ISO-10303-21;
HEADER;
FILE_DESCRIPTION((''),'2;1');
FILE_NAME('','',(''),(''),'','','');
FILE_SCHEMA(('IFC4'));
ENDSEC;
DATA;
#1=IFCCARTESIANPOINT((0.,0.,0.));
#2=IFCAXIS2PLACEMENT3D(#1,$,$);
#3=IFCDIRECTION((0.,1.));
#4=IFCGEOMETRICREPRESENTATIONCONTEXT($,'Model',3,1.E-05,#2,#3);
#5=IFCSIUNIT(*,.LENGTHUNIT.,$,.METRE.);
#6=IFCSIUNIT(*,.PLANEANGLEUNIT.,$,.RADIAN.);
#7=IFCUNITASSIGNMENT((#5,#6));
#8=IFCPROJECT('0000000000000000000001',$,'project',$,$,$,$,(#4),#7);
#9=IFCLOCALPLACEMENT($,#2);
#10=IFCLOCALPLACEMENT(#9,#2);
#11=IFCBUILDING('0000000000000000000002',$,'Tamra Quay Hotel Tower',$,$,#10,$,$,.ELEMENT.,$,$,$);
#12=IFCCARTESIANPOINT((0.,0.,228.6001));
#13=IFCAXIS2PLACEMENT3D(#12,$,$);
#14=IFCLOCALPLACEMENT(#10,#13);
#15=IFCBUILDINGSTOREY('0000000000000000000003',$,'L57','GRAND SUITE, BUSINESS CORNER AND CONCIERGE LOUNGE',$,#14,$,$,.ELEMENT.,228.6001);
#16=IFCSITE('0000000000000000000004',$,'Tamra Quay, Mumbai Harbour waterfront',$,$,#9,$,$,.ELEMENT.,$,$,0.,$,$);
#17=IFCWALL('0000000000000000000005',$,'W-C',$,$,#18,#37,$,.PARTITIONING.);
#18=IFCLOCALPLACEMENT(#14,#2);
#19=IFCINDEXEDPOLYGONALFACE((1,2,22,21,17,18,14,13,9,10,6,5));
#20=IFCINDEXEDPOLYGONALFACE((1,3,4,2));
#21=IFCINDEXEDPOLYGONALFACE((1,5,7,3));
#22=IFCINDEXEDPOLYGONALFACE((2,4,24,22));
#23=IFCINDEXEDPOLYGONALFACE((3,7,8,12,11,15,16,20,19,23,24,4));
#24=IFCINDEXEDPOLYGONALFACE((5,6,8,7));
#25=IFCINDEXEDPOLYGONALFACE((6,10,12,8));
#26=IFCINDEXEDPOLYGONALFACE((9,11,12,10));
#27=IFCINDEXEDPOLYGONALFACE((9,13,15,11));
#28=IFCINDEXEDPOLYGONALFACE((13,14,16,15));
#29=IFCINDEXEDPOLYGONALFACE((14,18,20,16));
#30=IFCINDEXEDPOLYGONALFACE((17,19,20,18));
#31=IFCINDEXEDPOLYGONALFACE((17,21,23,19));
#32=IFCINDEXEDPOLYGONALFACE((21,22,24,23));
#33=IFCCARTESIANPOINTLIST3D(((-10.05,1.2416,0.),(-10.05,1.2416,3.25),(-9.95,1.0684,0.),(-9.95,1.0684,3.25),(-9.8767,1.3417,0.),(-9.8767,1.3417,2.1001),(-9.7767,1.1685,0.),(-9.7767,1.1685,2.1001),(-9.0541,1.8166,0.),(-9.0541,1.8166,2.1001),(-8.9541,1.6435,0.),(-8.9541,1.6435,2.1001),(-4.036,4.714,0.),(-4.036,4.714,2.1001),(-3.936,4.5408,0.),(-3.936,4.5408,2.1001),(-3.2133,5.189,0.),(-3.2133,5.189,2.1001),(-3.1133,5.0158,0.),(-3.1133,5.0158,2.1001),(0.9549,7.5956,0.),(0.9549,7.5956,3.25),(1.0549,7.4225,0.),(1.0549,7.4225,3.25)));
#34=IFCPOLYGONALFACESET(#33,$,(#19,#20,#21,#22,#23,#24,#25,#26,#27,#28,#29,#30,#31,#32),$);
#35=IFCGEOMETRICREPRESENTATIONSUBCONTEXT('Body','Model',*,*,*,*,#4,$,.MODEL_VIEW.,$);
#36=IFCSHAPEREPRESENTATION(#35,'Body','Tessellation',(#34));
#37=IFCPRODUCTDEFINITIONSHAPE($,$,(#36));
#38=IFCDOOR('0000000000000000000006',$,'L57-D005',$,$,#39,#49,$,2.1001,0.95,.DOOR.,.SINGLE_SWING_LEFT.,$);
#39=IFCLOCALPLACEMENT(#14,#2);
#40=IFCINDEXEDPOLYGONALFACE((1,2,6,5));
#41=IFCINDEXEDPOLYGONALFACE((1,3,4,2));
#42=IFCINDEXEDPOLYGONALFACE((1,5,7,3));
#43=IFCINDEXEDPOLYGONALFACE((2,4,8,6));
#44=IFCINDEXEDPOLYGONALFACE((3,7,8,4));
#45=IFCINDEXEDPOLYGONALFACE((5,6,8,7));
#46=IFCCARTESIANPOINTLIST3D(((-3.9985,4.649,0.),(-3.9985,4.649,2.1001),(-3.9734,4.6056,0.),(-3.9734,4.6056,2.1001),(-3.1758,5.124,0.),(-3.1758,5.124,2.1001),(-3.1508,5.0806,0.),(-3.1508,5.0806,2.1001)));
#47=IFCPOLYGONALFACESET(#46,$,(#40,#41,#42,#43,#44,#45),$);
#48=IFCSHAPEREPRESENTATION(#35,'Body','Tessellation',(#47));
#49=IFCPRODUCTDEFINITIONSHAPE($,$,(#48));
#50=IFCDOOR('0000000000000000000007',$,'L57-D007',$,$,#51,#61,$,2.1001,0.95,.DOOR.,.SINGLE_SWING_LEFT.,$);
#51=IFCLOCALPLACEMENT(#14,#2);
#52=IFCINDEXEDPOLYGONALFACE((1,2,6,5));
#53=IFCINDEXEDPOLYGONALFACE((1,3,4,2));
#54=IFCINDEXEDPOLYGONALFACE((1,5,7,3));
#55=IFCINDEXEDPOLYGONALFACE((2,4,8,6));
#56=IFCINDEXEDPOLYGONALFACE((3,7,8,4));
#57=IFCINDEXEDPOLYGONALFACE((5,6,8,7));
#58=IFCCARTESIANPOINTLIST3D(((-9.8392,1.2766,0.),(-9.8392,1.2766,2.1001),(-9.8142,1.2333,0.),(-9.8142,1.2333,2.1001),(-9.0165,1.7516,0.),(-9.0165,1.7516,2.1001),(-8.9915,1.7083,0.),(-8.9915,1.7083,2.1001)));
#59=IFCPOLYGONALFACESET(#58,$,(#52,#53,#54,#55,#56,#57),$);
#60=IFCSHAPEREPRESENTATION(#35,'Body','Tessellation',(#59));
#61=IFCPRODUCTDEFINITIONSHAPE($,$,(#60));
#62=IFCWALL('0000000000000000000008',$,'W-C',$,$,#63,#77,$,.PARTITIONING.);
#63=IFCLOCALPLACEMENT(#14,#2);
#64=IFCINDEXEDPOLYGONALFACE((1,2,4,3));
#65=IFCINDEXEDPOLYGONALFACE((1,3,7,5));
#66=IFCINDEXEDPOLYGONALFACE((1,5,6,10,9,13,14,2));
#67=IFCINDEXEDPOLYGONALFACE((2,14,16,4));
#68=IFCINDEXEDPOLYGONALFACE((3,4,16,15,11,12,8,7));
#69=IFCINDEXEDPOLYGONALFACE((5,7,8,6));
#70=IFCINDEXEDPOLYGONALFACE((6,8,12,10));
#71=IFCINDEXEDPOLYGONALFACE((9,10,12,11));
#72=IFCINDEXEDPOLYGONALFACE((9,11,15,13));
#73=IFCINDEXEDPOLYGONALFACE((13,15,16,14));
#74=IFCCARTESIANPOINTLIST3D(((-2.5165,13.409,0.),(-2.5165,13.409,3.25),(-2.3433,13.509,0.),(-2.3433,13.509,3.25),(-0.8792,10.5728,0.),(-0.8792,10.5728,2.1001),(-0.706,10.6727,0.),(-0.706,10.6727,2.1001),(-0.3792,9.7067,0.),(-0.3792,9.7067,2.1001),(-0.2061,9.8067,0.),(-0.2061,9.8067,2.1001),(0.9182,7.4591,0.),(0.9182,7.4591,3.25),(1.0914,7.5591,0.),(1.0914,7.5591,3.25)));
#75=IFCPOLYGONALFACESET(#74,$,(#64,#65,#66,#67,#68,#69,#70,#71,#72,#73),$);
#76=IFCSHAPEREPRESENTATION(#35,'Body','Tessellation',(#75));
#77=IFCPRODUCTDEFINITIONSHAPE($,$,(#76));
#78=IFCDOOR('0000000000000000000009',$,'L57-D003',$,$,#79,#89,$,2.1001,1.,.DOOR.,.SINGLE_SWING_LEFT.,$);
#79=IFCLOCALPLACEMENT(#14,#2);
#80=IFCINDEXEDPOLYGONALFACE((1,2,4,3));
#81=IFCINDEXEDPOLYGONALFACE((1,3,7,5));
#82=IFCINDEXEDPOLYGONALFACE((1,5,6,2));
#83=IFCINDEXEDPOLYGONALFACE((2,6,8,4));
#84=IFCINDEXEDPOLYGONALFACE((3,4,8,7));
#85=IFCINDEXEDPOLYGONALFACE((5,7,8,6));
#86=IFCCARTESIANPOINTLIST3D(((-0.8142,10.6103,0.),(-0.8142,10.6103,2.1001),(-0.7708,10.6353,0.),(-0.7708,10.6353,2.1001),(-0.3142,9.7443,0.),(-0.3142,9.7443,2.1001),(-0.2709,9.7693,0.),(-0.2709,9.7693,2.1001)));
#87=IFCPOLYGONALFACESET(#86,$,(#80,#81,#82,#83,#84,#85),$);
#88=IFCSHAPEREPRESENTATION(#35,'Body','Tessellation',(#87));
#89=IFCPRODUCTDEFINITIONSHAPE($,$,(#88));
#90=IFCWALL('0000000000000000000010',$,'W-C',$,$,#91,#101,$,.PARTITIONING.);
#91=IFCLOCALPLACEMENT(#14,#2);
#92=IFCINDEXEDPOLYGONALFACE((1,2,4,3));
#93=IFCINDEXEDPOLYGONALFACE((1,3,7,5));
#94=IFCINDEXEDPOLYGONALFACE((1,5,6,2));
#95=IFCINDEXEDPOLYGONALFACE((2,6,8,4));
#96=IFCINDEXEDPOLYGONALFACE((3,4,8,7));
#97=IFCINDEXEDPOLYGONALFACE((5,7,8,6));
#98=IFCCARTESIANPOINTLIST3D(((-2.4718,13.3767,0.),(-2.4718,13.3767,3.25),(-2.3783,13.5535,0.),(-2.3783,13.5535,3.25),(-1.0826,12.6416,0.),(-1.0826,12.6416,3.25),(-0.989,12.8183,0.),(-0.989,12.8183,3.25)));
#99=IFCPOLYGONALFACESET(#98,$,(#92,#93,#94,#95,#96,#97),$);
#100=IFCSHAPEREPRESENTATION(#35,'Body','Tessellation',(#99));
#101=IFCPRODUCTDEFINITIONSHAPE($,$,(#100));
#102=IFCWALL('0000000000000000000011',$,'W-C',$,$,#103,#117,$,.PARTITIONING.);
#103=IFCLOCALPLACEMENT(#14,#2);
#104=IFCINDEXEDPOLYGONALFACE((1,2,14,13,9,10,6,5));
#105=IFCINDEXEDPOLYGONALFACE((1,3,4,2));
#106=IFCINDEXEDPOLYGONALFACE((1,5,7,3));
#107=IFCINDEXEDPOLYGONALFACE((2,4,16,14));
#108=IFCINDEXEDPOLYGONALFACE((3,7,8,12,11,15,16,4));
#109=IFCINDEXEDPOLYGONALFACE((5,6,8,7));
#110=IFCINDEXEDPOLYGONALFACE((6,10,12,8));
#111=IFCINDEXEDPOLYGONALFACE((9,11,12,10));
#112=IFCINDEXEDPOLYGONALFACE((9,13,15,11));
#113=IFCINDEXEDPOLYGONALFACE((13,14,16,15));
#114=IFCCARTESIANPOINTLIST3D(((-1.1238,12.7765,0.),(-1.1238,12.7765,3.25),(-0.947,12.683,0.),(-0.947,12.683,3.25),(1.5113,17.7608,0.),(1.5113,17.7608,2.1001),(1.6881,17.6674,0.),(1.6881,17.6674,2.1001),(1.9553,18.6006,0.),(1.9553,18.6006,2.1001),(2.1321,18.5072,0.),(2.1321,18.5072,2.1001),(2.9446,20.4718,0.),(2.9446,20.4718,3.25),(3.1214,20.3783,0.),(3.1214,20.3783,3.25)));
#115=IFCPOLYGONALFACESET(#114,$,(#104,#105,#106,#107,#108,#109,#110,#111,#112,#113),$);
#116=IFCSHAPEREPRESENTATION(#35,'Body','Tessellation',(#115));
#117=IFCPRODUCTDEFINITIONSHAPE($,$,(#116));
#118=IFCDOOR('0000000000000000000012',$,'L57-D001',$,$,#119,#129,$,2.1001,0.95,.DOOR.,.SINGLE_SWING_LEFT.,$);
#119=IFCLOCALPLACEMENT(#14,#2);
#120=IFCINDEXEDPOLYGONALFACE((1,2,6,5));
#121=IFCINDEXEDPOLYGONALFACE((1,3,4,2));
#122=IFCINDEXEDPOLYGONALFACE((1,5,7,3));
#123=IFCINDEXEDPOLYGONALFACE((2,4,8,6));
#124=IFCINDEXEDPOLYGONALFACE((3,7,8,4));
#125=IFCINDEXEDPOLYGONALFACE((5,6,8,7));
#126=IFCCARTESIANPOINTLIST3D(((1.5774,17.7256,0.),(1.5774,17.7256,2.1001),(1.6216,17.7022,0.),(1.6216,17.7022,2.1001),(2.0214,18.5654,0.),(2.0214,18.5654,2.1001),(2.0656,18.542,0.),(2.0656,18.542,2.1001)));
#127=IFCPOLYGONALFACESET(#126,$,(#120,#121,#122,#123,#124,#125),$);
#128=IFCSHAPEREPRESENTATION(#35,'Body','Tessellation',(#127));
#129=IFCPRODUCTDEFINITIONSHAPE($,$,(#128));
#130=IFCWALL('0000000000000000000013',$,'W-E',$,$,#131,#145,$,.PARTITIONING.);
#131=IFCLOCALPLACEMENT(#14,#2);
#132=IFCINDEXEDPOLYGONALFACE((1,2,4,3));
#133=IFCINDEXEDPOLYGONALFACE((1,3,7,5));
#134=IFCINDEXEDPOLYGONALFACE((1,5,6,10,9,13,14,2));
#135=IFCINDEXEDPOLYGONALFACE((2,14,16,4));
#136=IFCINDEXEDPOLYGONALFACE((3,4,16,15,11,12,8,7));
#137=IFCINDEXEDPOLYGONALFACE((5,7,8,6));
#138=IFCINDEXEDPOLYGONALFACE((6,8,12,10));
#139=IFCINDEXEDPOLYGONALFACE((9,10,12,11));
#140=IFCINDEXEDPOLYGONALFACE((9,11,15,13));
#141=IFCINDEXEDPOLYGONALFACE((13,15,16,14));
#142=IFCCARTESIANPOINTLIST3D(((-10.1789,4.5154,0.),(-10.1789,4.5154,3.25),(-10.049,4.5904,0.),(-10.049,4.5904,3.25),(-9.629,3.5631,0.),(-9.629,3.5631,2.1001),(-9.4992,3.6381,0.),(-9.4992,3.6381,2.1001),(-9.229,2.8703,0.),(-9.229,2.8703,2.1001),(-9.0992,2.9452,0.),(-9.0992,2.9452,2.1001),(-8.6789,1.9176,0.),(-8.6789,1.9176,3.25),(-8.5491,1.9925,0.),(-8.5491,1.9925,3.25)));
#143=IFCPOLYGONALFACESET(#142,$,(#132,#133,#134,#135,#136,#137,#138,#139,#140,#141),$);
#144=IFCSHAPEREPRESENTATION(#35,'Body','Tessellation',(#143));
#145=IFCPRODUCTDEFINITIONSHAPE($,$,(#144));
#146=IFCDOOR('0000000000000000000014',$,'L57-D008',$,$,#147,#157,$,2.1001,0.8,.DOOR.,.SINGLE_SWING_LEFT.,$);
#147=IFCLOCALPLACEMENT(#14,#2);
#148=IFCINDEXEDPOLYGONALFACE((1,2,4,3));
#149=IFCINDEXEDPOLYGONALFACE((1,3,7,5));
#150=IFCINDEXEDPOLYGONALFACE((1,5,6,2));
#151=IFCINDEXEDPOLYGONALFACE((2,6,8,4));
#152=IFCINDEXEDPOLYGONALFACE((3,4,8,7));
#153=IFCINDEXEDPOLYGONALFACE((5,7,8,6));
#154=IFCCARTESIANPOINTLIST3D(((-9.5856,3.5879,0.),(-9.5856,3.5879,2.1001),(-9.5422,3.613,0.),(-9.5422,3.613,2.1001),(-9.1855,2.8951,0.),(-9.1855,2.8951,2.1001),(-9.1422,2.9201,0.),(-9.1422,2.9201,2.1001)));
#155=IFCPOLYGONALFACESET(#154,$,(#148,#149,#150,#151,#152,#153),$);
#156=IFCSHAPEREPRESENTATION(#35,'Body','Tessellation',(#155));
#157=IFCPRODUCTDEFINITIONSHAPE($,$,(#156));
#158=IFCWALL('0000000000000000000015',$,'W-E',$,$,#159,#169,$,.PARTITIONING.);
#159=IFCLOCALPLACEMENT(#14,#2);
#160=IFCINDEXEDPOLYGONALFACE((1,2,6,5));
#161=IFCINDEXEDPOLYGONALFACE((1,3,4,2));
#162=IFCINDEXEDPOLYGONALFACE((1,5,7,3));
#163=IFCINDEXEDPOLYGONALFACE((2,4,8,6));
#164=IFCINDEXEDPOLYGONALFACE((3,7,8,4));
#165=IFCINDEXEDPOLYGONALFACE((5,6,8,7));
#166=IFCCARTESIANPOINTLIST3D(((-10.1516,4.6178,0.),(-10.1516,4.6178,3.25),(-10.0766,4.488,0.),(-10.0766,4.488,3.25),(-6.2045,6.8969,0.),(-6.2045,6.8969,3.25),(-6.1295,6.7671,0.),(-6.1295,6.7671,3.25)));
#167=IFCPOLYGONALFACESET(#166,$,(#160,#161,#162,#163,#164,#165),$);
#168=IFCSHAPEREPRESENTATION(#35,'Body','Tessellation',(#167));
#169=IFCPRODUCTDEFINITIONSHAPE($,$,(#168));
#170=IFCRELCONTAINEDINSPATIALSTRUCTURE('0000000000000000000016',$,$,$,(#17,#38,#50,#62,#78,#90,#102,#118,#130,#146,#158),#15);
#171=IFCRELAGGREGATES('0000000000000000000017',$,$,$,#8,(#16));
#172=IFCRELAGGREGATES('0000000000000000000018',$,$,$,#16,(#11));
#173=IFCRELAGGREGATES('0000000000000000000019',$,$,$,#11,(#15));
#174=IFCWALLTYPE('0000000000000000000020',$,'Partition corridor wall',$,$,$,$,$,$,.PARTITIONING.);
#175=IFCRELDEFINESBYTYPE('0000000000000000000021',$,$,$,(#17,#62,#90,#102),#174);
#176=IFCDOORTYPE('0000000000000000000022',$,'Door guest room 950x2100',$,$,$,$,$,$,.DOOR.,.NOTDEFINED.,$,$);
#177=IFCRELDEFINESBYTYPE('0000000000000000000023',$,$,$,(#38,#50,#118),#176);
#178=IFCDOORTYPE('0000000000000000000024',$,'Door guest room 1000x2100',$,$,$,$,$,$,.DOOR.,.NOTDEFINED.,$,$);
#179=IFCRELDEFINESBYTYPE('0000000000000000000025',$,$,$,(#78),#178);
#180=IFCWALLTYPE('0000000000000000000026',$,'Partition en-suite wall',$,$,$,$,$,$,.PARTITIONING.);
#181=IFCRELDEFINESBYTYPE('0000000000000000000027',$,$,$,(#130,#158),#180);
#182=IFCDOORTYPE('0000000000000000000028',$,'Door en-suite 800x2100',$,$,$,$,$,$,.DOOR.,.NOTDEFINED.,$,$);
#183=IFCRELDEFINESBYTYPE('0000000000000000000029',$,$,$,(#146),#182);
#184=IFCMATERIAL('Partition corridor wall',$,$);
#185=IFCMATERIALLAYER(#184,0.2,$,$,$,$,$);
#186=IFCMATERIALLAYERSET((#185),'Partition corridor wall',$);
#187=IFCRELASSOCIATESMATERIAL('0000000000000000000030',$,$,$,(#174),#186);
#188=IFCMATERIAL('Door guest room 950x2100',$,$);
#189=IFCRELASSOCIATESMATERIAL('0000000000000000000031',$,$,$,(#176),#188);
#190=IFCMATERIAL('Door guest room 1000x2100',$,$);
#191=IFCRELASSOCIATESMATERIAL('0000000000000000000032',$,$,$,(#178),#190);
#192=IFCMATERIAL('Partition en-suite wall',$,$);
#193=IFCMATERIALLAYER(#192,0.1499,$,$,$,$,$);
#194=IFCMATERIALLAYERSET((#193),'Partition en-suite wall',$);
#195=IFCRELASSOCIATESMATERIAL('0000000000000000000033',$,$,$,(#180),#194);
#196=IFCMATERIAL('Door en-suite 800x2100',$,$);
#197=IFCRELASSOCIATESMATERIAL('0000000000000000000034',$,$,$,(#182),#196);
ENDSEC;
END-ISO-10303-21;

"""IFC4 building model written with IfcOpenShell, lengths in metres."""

from ifc_helpers import new_model, si_unit, direction, frame, frame_2d, origin, place, context, subcontext, project, spatial, rectangle, extrude, material, layer, layer_set, type_object, element, fill, save


model = new_model("IFC4")

# Units and contexts
model_context = context("Model", 3, precision=1e-05, world=origin(), true_north=direction((0.0, 1.0)))
body_context = subcontext(model_context, "Body", "Model", "MODEL_VIEW")
ifc_project = project(units=[si_unit("LENGTHUNIT", "METRE"), si_unit("PLANEANGLEUNIT", "RADIAN")], contexts=[model_context])

# Site, building, storey
site_placement = place(None, origin())
site = spatial("IfcSite", under=ifc_project, at=site_placement, Name="Tamra Quay, Mumbai Harbour waterfront", CompositionType="ELEMENT", RefElevation=0.0)
building_placement = place(site_placement, origin())
building = spatial("IfcBuilding", under=site, at=building_placement, Name="Tamra Quay Hotel Tower", CompositionType="ELEMENT")
storey_placement = place(building_placement, frame((0.0, 0.0, 228.6001)))
storey = spatial("IfcBuildingStorey", under=building, at=storey_placement, Name="L57", Description="GRAND SUITE, BUSINESS CORNER AND CONCIERGE LOUNGE", CompositionType="ELEMENT", Elevation=228.6001)

# Shared definitions
ifc_material_1 = material(Name="Partition corridor wall")
ifc_layer_1 = layer(ifc_material_1, 0.2)
ifc_layer_set_1 = layer_set([ifc_layer_1], Name="Partition corridor wall")
wall_type_1 = type_object("IfcWallType", Name="Partition corridor wall", PredefinedType="PARTITIONING", material=ifc_layer_set_1)

# Wall, openings, doors
wall_1_placement = place(storey_placement, frame((-10.0, 1.155, 0.0), z_axis=(0.0, 0.0, 1.0), x_axis=(0.866014, 0.50002, 0.0)))
wall_1 = element("IfcWall", 1, at=wall_1_placement, inside=storey, type_object=wall_type_1, Name="W-C", PredefinedType="PARTITIONING", context=body_context, shape_type="SweptSolid", body=[
    extrude(rectangle(XDim=12.7075, YDim=0.2, at=frame_2d((6.3538, 0.0))), origin(), (0.0, 0.0, 1.0), 3.25),
])
opening_1_placement = place(wall_1_placement, frame((6.9443, 0.0, 0.0)))
opening_1 = element("IfcOpeningElement", 2, at=opening_1_placement, cuts=wall_1, PredefinedType="OPENING", context=body_context, shape_type="SweptSolid", body=[
    extrude(rectangle(XDim=0.95, YDim=2.1001, at=frame_2d((0.4751, 1.05))), frame((0.0, 0.1099, 0.0), z_axis=(0.0, -1.0, 0.0), x_axis=(1.0, 0.0, 0.0)), (0.0, 0.0, 1.0), 0.22),
])
opening_2_placement = place(wall_1_placement, frame((0.2, 0.0, 0.0)))
opening_2 = element("IfcOpeningElement", 3, at=opening_2_placement, cuts=wall_1, PredefinedType="OPENING", context=body_context, shape_type="SweptSolid", body=[
    extrude(rectangle(XDim=0.95, YDim=2.1001, at=frame_2d((0.4751, 1.05))), frame((0.0, 0.1099, 0.0), z_axis=(0.0, -1.0, 0.0), x_axis=(1.0, 0.0, 0.0)), (0.0, 0.0, 1.0), 0.22),
])
ifc_material_2 = material(Name="Door guest room 950x2100")
door_type_1 = type_object("IfcDoorType", Name="Door guest room 950x2100", OperationType="NOTDEFINED", PredefinedType="DOOR", material=ifc_material_2)
door_1_placement = place(opening_1_placement, origin())
door_1 = element("IfcDoor", 4, at=door_1_placement, inside=storey, type_object=door_type_1, Name="L57-D005", OperationType="SINGLE_SWING_LEFT", OverallHeight=2.1001, OverallWidth=0.95, PredefinedType="DOOR", context=body_context, shape_type="SweptSolid", body=[
    extrude(rectangle(XDim=0.95, YDim=2.1001, at=frame_2d((0.4751, 1.05))), frame((0.0, 0.0249, 0.0), z_axis=(0.0, -1.0, 0.0), x_axis=(1.0, 0.0, 0.0)), (0.0, 0.0, 1.0), 0.05),
])
fill(opening_1, door_1)
door_2_placement = place(opening_2_placement, origin())
door_2 = element("IfcDoor", 5, at=door_2_placement, inside=storey, type_object=door_type_1, Name="L57-D007", OperationType="SINGLE_SWING_LEFT", OverallHeight=2.1001, OverallWidth=0.95, PredefinedType="DOOR", context=body_context, shape_type="SweptSolid", body=[
    extrude(rectangle(XDim=0.95, YDim=2.1001, at=frame_2d((0.4751, 1.05))), frame((0.0, 0.0249, 0.0), z_axis=(0.0, -1.0, 0.0), x_axis=(1.0, 0.0, 0.0)), (0.0, 0.0, 1.0), 0.05),
])
fill(opening_2, door_2)

# Wall, opening, door
wall_2_placement = place(storey_placement, frame((-2.4299, 13.459, 0.0), z_axis=(0.0, 0.0, 1.0), x_axis=(0.499957, -0.86605, 0.0)))
wall_2 = element("IfcWall", 6, at=wall_2_placement, inside=storey, type_object=wall_type_1, Name="W-C", PredefinedType="PARTITIONING", context=body_context, shape_type="SweptSolid", body=[
    extrude(rectangle(XDim=6.8701, YDim=0.2, at=frame_2d((3.4351, 0.0))), origin(), (0.0, 0.0, 1.0), 3.25),
])
opening_3_placement = place(wall_2_placement, frame((3.2749, 0.0, 0.0)))
opening_3 = element("IfcOpeningElement", 7, at=opening_3_placement, cuts=wall_2, PredefinedType="OPENING", context=body_context, shape_type="SweptSolid", body=[
    extrude(rectangle(XDim=1.0, YDim=2.1001, at=frame_2d((0.5, 1.05))), frame((0.0, 0.1099, 0.0), z_axis=(0.0, -1.0, 0.0), x_axis=(1.0, 0.0, 0.0)), (0.0, 0.0, 1.0), 0.22),
])
ifc_material_3 = material(Name="Door guest room 1000x2100")
door_type_2 = type_object("IfcDoorType", Name="Door guest room 1000x2100", OperationType="NOTDEFINED", PredefinedType="DOOR", material=ifc_material_3)
door_3_placement = place(opening_3_placement, frame((1.0, 0.0, 0.0), z_axis=(0.0, 0.0, 1.0), x_axis=(-1.0, 0.0, 0.0)))
door_3 = element("IfcDoor", 8, at=door_3_placement, inside=storey, type_object=door_type_2, Name="L57-D003", OperationType="SINGLE_SWING_LEFT", OverallHeight=2.1001, OverallWidth=1.0, PredefinedType="DOOR", context=body_context, shape_type="SweptSolid", body=[
    extrude(rectangle(XDim=1.0, YDim=2.1001, at=frame_2d((0.5, 1.05))), frame((0.0, 0.0249, 0.0), z_axis=(0.0, -1.0, 0.0), x_axis=(1.0, 0.0, 0.0)), (0.0, 0.0, 1.0), 0.05),
])
fill(opening_3, door_3)

# Wall
wall_3_placement = place(storey_placement, frame((-2.425, 13.4651, 0.0), z_axis=(0.0, 0.0, 1.0), x_axis=(0.883875, -0.467724, 0.0)))
element("IfcWall", 9, at=wall_3_placement, inside=storey, type_object=wall_type_1, Name="W-C", PredefinedType="PARTITIONING", context=body_context, shape_type="SweptSolid", body=[
    extrude(rectangle(XDim=1.5718, YDim=0.2, at=frame_2d((0.7859, 0.0))), origin(), (0.0, 0.0, 1.0), 3.25),
])

# Walls, openings, doors
wall_4_placement = place(storey_placement, frame((-1.0354, 12.7297, 0.0), z_axis=(0.0, 0.0, 1.0), x_axis=(0.467382, 0.884055, 0.0)))
wall_4 = element("IfcWall", 10, at=wall_4_placement, inside=storey, type_object=wall_type_1, Name="W-C", PredefinedType="PARTITIONING", context=body_context, shape_type="SweptSolid", body=[
    extrude(rectangle(XDim=8.7046, YDim=0.2, at=frame_2d((4.3523, 0.0))), origin(), (0.0, 0.0, 1.0), 3.25),
])
opening_4_placement = place(wall_4_placement, frame((5.6379, 0.0, 0.0)))
opening_4 = element("IfcOpeningElement", 11, at=opening_4_placement, cuts=wall_4, PredefinedType="OPENING", context=body_context, shape_type="SweptSolid", body=[
    extrude(rectangle(XDim=0.95, YDim=2.1001, at=frame_2d((0.4751, 1.05))), frame((0.0, 0.1099, 0.0), z_axis=(0.0, -1.0, 0.0), x_axis=(1.0, 0.0, 0.0)), (0.0, 0.0, 1.0), 0.22),
])
door_4_placement = place(opening_4_placement, frame((0.95, 0.0, 0.0), z_axis=(0.0, 0.0, 1.0), x_axis=(-1.0, 0.0, 0.0)))
door_4 = element("IfcDoor", 12, at=door_4_placement, inside=storey, type_object=door_type_1, Name="L57-D001", OperationType="SINGLE_SWING_LEFT", OverallHeight=2.1001, OverallWidth=0.95, PredefinedType="DOOR", context=body_context, shape_type="SweptSolid", body=[
    extrude(rectangle(XDim=0.95, YDim=2.1001, at=frame_2d((0.4751, 1.05))), frame((0.0, 0.0249, 0.0), z_axis=(0.0, -1.0, 0.0), x_axis=(1.0, 0.0, 0.0)), (0.0, 0.0, 1.0), 0.05),
])
fill(opening_4, door_4)
ifc_material_4 = material(Name="Partition en-suite wall")
ifc_layer_2 = layer(ifc_material_4, 0.1499)
ifc_layer_set_2 = layer_set([ifc_layer_2], Name="Partition en-suite wall")
wall_type_2 = type_object("IfcWallType", Name="Partition en-suite wall", PredefinedType="PARTITIONING", material=ifc_layer_set_2)
wall_5_placement = place(storey_placement, frame((-10.114, 4.553, 0.0), z_axis=(0.0, 0.0, 1.0), x_axis=(0.500025, -0.866011, 0.0)))
wall_5 = element("IfcWall", 13, at=wall_5_placement, inside=storey, type_object=wall_type_2, Name="W-E", PredefinedType="PARTITIONING", context=body_context, shape_type="SweptSolid", body=[
    extrude(rectangle(XDim=2.9998, YDim=0.1499, at=frame_2d((1.5, 0.0))), origin(), (0.0, 0.0, 1.0), 3.25),
])
opening_5_placement = place(wall_5_placement, frame((1.0999, 0.0, 0.0)))
opening_5 = element("IfcOpeningElement", 14, at=opening_5_placement, cuts=wall_5, PredefinedType="OPENING", context=body_context, shape_type="SweptSolid", body=[
    extrude(rectangle(XDim=0.8, YDim=2.1001, at=frame_2d((0.3999, 1.05))), frame((0.0, 0.085, 0.0), z_axis=(0.0, -1.0, 0.0), x_axis=(1.0, 0.0, 0.0)), (0.0, 0.0, 1.0), 0.1699),
])
ifc_material_5 = material(Name="Door en-suite 800x2100")
door_type_3 = type_object("IfcDoorType", Name="Door en-suite 800x2100", OperationType="NOTDEFINED", PredefinedType="DOOR", material=ifc_material_5)
door_5_placement = place(opening_5_placement, frame((0.8, 0.0, 0.0), z_axis=(0.0, 0.0, 1.0), x_axis=(-1.0, 0.0, 0.0)))
door_5 = element("IfcDoor", 15, at=door_5_placement, inside=storey, type_object=door_type_3, Name="L57-D008", OperationType="SINGLE_SWING_LEFT", OverallHeight=2.1001, OverallWidth=0.8, PredefinedType="DOOR", context=body_context, shape_type="SweptSolid", body=[
    extrude(rectangle(XDim=0.8, YDim=2.1001, at=frame_2d((0.3999, 1.05))), frame((0.0, 0.0249, 0.0), z_axis=(0.0, -1.0, 0.0), x_axis=(1.0, 0.0, 0.0)), (0.0, 0.0, 1.0), 0.05),
])
fill(opening_5, door_5)

# Wall
wall_6_placement = place(storey_placement, frame((-10.114, 4.553, 0.0), z_axis=(0.0, 0.0, 1.0), x_axis=(0.866003, 0.500039, 0.0)))
element("IfcWall", 16, at=wall_6_placement, inside=storey, type_object=wall_type_2, Name="W-E", PredefinedType="PARTITIONING", context=body_context, shape_type="SweptSolid", body=[
    extrude(rectangle(XDim=4.5579, YDim=0.1499, at=frame_2d((2.2788, 0.0))), origin(), (0.0, 0.0, 1.0), 3.25),
])

save(model, "model.ifc")
